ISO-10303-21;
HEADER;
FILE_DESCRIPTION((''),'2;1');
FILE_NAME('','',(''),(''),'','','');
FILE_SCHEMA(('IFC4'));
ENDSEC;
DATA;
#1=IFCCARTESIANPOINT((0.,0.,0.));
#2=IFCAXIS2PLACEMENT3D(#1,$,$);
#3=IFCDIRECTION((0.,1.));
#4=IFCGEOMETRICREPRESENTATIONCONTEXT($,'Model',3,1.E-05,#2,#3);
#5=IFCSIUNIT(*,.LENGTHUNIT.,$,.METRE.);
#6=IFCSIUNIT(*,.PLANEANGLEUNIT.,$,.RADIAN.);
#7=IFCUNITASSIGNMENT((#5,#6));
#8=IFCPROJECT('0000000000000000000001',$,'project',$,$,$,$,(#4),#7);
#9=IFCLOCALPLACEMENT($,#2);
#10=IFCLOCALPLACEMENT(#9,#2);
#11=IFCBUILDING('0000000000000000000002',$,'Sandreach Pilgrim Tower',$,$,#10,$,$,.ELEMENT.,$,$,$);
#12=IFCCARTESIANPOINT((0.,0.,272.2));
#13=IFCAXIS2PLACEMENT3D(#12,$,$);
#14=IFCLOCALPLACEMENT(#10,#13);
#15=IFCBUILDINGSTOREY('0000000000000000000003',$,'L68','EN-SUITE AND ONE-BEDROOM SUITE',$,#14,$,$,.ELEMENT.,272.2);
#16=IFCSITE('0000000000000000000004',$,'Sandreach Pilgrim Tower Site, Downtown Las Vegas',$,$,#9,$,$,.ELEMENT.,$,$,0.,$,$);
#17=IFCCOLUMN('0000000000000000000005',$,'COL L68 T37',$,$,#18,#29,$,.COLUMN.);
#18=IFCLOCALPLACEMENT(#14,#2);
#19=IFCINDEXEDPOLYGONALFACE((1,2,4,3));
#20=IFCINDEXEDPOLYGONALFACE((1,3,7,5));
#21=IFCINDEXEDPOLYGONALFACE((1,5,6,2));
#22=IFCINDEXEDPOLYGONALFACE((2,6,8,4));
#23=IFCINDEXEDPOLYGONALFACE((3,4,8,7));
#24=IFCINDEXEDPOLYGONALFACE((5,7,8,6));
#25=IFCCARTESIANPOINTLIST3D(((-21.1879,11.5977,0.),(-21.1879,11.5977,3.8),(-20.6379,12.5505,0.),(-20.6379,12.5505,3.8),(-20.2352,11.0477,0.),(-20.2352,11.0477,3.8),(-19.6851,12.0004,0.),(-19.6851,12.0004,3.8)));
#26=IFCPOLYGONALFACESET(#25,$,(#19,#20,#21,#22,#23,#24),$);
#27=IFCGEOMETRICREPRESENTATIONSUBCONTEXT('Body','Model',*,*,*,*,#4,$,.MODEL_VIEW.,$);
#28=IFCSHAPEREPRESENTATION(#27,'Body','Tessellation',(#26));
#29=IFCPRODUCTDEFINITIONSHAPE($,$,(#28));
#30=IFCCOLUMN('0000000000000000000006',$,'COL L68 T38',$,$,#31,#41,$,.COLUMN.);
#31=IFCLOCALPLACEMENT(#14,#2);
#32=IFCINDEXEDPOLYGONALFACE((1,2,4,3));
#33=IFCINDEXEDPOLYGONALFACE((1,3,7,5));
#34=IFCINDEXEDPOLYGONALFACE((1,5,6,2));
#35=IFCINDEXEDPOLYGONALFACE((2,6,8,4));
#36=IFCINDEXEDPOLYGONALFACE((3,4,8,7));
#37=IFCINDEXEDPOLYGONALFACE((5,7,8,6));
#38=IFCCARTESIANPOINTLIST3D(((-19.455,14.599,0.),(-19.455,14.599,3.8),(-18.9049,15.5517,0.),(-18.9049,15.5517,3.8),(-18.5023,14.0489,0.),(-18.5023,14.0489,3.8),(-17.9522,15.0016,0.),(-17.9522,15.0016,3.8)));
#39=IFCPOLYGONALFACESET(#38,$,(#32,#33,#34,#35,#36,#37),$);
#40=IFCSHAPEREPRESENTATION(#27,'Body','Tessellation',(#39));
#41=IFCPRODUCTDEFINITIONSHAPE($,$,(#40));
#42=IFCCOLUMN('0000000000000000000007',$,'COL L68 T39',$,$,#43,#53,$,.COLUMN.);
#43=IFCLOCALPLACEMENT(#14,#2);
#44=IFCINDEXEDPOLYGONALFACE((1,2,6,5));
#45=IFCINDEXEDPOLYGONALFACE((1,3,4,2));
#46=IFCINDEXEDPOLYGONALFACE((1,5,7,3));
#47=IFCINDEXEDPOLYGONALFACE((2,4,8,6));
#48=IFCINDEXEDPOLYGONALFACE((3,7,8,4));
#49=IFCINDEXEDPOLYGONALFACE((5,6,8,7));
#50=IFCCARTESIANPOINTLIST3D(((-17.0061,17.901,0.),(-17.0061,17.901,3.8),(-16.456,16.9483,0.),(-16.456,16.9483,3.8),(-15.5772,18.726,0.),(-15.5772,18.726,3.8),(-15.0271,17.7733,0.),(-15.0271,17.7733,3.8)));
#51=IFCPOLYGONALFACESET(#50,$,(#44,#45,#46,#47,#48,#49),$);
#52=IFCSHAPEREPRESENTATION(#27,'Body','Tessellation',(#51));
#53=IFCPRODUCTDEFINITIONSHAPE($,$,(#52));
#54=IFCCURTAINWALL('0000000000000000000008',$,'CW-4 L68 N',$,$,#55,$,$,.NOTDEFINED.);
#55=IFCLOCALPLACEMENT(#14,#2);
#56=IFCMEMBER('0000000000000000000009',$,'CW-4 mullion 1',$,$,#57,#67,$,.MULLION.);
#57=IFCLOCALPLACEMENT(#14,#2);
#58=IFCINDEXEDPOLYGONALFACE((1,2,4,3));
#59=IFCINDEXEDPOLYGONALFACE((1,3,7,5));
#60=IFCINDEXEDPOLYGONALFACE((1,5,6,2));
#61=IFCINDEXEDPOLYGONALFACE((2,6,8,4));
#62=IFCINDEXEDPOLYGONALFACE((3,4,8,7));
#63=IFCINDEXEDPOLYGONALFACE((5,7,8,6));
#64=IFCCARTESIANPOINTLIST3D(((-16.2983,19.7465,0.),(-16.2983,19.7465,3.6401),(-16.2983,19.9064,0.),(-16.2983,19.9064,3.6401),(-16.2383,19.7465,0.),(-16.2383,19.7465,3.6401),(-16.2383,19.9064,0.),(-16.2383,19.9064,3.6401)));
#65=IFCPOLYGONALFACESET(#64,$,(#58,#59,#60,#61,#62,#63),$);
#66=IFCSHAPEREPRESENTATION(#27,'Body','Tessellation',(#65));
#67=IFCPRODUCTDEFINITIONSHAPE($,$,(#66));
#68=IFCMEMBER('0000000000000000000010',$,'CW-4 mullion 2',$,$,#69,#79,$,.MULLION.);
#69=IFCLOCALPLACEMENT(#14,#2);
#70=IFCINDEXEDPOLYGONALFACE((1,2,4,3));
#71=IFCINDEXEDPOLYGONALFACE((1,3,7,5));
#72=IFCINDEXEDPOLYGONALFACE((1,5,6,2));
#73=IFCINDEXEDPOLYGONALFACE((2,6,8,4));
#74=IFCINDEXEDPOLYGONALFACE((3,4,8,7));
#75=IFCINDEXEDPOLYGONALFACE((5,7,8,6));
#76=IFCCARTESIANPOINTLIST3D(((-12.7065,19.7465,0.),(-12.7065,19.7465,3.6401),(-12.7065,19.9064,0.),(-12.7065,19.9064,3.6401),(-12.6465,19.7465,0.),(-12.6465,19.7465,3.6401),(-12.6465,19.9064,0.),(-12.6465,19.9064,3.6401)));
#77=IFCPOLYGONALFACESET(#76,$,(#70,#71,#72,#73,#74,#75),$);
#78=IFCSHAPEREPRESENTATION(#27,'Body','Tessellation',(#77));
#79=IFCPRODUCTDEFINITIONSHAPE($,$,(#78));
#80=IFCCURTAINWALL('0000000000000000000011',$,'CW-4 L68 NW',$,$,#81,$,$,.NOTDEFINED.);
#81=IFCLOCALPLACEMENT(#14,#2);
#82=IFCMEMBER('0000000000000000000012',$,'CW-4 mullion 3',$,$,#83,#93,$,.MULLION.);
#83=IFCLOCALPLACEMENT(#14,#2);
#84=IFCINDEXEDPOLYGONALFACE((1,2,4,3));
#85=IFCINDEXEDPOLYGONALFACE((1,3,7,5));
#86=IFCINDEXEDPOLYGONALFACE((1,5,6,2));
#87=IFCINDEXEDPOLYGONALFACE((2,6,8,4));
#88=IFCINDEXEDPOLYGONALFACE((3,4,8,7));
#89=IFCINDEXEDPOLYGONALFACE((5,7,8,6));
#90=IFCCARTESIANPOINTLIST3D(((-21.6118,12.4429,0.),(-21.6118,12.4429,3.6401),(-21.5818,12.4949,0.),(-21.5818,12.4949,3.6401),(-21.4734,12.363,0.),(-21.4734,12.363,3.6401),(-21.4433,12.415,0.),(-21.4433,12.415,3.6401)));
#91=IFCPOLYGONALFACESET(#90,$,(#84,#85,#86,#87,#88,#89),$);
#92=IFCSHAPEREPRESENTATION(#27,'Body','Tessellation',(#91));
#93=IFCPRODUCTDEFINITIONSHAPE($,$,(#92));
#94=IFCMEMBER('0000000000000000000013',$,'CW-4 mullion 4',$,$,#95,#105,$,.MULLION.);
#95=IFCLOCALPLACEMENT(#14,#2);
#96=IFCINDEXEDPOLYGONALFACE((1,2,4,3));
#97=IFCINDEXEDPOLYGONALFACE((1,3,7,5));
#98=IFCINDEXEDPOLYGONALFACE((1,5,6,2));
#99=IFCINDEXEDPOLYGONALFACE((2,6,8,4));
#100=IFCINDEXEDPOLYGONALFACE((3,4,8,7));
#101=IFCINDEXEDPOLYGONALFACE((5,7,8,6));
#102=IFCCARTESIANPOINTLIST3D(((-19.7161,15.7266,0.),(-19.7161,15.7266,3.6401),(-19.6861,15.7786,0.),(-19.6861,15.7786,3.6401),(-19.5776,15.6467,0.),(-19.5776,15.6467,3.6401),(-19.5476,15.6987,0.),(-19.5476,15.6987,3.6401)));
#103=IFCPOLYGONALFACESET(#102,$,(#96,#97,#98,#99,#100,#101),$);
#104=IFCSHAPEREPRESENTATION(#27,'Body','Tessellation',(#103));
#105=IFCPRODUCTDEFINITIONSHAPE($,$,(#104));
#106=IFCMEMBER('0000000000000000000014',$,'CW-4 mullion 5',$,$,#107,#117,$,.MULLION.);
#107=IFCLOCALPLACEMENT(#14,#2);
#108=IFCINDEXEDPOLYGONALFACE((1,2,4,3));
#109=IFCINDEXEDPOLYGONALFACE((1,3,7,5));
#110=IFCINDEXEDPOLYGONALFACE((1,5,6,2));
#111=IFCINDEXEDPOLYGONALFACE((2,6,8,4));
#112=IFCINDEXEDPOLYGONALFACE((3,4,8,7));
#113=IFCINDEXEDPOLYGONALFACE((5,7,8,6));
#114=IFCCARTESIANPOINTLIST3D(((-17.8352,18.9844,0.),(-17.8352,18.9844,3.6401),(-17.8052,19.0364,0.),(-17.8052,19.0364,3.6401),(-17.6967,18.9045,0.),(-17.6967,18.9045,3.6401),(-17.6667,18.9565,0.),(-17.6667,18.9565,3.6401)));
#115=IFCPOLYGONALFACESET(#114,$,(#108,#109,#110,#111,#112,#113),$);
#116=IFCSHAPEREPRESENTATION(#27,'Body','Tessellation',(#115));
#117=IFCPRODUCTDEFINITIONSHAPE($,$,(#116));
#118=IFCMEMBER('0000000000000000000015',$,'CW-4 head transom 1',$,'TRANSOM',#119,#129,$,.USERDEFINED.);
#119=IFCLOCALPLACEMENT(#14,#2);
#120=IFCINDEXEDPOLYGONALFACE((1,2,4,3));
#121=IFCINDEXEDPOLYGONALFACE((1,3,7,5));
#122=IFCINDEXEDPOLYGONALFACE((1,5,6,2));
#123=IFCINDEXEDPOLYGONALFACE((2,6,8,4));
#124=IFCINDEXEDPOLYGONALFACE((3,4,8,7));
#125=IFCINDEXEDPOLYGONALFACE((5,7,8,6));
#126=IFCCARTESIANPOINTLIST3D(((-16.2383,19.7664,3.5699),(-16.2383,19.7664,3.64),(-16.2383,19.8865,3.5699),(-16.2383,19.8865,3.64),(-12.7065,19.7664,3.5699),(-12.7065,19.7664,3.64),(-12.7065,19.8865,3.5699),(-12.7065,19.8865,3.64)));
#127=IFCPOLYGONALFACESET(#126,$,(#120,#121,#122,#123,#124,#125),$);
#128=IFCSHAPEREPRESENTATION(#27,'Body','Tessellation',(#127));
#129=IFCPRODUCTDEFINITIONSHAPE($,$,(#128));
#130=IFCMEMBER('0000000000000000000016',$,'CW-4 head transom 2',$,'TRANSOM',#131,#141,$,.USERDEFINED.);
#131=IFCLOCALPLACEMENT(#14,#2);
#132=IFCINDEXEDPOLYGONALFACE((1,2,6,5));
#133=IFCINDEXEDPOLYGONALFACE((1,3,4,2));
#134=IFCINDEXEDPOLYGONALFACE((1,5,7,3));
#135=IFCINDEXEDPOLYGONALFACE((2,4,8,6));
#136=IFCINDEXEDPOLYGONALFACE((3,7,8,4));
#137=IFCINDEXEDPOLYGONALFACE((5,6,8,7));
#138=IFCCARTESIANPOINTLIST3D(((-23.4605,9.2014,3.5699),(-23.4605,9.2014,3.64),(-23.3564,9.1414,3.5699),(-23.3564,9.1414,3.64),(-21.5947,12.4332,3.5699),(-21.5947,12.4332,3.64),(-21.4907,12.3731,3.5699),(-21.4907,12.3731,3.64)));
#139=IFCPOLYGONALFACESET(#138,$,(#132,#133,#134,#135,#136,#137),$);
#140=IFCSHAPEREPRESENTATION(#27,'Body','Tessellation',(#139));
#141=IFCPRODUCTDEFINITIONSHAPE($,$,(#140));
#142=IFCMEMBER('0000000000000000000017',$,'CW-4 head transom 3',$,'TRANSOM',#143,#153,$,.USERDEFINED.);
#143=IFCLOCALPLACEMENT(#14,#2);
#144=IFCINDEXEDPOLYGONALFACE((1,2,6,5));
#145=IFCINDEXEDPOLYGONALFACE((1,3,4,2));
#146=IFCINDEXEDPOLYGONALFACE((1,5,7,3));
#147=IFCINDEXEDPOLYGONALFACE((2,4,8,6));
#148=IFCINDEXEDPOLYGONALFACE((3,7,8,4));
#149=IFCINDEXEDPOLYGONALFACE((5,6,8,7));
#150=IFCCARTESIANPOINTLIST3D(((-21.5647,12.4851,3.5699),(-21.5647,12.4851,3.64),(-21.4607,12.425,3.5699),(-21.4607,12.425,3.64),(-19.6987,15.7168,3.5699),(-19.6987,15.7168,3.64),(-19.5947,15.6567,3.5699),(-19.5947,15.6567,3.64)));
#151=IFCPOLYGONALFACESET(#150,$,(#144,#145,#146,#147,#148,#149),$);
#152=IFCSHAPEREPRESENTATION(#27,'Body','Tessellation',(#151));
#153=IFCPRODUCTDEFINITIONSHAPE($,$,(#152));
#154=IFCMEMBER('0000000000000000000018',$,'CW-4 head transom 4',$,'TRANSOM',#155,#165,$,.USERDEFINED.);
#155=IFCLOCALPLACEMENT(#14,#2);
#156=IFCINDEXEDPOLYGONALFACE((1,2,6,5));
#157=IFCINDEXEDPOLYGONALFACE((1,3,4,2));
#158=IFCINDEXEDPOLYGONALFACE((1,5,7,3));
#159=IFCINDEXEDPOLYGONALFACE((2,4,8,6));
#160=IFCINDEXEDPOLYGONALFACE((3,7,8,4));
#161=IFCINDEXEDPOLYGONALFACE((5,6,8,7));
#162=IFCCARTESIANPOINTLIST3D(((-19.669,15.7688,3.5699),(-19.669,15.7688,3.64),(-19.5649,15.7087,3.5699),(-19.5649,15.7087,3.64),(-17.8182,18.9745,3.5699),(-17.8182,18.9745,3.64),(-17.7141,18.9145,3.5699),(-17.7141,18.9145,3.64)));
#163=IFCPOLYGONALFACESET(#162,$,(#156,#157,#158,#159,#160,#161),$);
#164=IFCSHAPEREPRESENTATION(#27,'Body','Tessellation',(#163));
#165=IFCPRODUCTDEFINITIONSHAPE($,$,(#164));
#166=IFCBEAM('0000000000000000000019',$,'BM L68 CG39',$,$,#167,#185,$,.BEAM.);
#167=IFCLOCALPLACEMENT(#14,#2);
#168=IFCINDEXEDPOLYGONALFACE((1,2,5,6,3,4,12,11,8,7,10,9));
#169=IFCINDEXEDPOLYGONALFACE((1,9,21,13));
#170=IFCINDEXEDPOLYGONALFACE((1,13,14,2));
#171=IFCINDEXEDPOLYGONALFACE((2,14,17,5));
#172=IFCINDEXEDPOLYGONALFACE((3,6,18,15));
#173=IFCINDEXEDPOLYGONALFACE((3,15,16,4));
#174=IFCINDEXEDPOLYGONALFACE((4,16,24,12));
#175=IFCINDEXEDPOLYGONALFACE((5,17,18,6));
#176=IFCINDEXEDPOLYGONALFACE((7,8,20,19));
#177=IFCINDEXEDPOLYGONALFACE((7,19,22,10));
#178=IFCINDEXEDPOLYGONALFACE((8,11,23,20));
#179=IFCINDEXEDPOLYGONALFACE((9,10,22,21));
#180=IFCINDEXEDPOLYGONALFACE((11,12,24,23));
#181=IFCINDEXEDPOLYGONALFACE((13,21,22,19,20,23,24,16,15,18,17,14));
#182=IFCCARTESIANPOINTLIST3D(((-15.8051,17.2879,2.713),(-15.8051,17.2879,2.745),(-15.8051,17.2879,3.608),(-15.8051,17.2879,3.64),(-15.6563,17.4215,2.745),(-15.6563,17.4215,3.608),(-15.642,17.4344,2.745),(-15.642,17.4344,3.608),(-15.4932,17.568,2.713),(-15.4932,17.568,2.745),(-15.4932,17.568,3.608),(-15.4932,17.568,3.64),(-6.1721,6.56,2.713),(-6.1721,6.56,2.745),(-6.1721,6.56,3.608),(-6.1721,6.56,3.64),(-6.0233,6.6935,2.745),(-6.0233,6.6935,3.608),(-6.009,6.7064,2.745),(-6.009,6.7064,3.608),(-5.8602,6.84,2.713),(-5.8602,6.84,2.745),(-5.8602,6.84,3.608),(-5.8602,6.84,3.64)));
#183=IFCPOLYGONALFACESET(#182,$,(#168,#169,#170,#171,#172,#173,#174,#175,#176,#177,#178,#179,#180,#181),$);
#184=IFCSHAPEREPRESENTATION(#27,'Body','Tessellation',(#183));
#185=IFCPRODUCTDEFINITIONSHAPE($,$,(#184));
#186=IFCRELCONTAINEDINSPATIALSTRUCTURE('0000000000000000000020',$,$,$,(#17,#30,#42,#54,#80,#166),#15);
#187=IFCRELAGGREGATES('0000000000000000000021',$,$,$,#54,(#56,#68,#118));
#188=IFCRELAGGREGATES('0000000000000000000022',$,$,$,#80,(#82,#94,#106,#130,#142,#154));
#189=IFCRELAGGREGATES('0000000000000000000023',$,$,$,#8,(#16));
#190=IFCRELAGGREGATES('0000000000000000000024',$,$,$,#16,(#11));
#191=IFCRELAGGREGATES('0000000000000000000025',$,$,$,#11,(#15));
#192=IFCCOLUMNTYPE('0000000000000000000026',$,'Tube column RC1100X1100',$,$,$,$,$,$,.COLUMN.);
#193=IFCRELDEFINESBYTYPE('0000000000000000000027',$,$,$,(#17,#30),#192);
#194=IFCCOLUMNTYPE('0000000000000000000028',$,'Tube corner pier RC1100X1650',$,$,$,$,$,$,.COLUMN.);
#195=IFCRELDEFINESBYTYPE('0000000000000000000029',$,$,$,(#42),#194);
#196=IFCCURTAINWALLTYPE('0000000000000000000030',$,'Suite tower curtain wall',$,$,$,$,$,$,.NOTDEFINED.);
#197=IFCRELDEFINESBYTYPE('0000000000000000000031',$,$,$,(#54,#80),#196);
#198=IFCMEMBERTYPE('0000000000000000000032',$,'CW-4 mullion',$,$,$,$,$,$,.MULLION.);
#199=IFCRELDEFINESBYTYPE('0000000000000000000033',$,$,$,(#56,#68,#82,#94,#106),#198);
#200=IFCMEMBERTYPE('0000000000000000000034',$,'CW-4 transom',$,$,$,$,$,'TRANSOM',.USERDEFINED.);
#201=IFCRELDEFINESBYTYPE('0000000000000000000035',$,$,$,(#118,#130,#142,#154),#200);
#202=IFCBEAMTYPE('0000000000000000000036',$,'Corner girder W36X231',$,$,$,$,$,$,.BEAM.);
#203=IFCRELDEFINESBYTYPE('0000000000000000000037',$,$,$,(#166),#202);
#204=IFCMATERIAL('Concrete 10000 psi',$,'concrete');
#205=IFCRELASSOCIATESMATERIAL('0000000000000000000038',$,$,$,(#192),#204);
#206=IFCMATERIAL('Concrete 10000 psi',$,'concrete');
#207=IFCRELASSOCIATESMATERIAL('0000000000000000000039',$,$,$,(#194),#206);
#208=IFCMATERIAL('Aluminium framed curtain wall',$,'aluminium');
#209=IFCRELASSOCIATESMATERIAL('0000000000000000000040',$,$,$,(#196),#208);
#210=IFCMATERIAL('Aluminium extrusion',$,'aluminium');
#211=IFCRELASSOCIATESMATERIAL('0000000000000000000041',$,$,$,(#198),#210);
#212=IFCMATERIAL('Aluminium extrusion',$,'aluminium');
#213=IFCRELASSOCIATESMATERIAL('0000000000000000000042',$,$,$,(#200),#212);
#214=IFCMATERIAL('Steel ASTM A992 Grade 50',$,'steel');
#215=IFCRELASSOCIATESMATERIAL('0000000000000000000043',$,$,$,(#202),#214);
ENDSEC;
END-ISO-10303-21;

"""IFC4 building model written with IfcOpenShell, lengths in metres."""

from ifc_helpers import new_model, si_unit, direction, frame, origin, origin_2d, place, context, subcontext, project, spatial, rectangle, i_section, extrude, material, material_profile, profile_set, type_object, element, aggregate, save


model = new_model("IFC4")

# Units and contexts
model_context = context("Model", 3, precision=1e-05, world=origin(), true_north=direction((0.0, 1.0)))
body_context = subcontext(model_context, "Body", "Model", "MODEL_VIEW")
ifc_project = project(units=[si_unit("LENGTHUNIT", "METRE"), si_unit("PLANEANGLEUNIT", "RADIAN")], contexts=[model_context])

# Site, building, storey
site_placement = place(None, origin())
site = spatial("IfcSite", under=ifc_project, at=site_placement, Name="Sandreach Pilgrim Tower Site, Downtown Las Vegas", CompositionType="ELEMENT", RefElevation=0.0)
building_placement = place(site_placement, origin())
building = spatial("IfcBuilding", under=site, at=building_placement, Name="Sandreach Pilgrim Tower", CompositionType="ELEMENT")
storey_placement = place(building_placement, frame((0.0, 0.0, 272.2)))
storey = spatial("IfcBuildingStorey", under=building, at=storey_placement, Name="L68", Description="EN-SUITE AND ONE-BEDROOM SUITE", CompositionType="ELEMENT", Elevation=272.2)

# Columns
ifc_material_1 = material(Name="Concrete 10000 psi", Category="concrete")
ifc_material_profile_1 = material_profile(ifc_material_1, rectangle(XDim=1.1001, YDim=1.1001, at=origin_2d()), Name="RC1100X1100")
ifc_profile_set_1 = profile_set([ifc_material_profile_1], Name="Concrete 10000 psi")
column_type_1 = type_object("IfcColumnType", Name="Tube column RC1100X1100", PredefinedType="COLUMN", material=ifc_profile_set_1)
for number, where, z_axis, x_axis, name in (
    (1, (-20.4365, 11.7991, 0.0), (0.0, 0.0, 1.0), (-0.866025, 0.5, 0.0), "COL L68 T37"),
    (2, (-18.7036, 14.8003, 0.0), (0.0, 0.0, 1.0), (-0.866025, 0.5, 0.0), "COL L68 T38"),
):
    element("IfcColumn", number, at=place(storey_placement, frame(where, z_axis=z_axis, x_axis=x_axis)), inside=storey, type_object=column_type_1, Name=name, PredefinedType="COLUMN", context=body_context, shape_type="SweptSolid", body=[
        extrude(rectangle(XDim=1.1001, YDim=1.1001, at=origin_2d()), origin(), (0.0, 0.0, 1.0), 3.8),
    ])
ifc_material_2 = material(Name="Concrete 10000 psi", Category="concrete")
ifc_material_profile_2 = material_profile(ifc_material_2, rectangle(XDim=1.1001, YDim=1.6499, at=origin_2d()), Name="RC1100X1650")
ifc_profile_set_2 = profile_set([ifc_material_profile_2], Name="Concrete 10000 psi")
column_type_2 = type_object("IfcColumnType", Name="Tube corner pier RC1100X1650", PredefinedType="COLUMN", material=ifc_profile_set_2)
column_placement = place(storey_placement, frame((-16.0166, 17.8372, 0.0), z_axis=(0.0, 0.0, 1.0), x_axis=(-0.5, 0.866025, 0.0)))
element("IfcColumn", 3, at=column_placement, inside=storey, type_object=column_type_2, Name="COL L68 T39", PredefinedType="COLUMN", context=body_context, shape_type="SweptSolid", body=[
    extrude(rectangle(XDim=1.1001, YDim=1.6499, at=origin_2d()), origin(), (0.0, 0.0, 1.0), 3.8),
])

# Curtain walls, members
ifc_material_3 = material(Name="Aluminium framed curtain wall", Category="aluminium")
curtain_wall_type = type_object("IfcCurtainWallType", Name="Suite tower curtain wall", PredefinedType="NOTDEFINED", material=ifc_material_3)
curtain_wall_1_placement = place(storey_placement, origin())
curtain_wall_1 = element("IfcCurtainWall", 4, at=curtain_wall_1_placement, inside=storey, type_object=curtain_wall_type, Name="CW-4 L68 N", PredefinedType="NOTDEFINED")
ifc_material_4 = material(Name="Aluminium extrusion", Category="aluminium")
ifc_material_profile_3 = material_profile(ifc_material_4, rectangle(XDim=0.0601, YDim=0.1599, at=origin_2d()), Name="CW-4M 60X160")
ifc_profile_set_3 = profile_set([ifc_material_profile_3], Name="Aluminium extrusion")
member_type_1 = type_object("IfcMemberType", Name="CW-4 mullion", PredefinedType="MULLION", material=ifc_profile_set_3)
member_1_placement = place(storey_placement, frame((-16.2683, 19.8264, 0.0), z_axis=(0.0, 0.0, 1.0), x_axis=(1.0, 0.0, 0.0)))
member_1 = element("IfcMember", 5, at=member_1_placement, type_object=member_type_1, Name="CW-4 mullion 1", PredefinedType="MULLION", context=body_context, shape_type="SweptSolid", body=[
    extrude(rectangle(XDim=0.0601, YDim=0.1599, at=origin_2d()), origin(), (0.0, 0.0, 1.0), 3.6401),
])
member_2_placement = place(storey_placement, frame((-12.6765, 19.8264, 0.0), z_axis=(0.0, 0.0, 1.0), x_axis=(1.0, 0.0, 0.0)))
member_2 = element("IfcMember", 6, at=member_2_placement, type_object=member_type_1, Name="CW-4 mullion 2", PredefinedType="MULLION", context=body_context, shape_type="SweptSolid", body=[
    extrude(rectangle(XDim=0.0601, YDim=0.1599, at=origin_2d()), origin(), (0.0, 0.0, 1.0), 3.6401),
])
curtain_wall_2_placement = place(storey_placement, origin())
curtain_wall_2 = element("IfcCurtainWall", 7, at=curtain_wall_2_placement, inside=storey, type_object=curtain_wall_type, Name="CW-4 L68 NW", PredefinedType="NOTDEFINED")
member_3_placement = place(storey_placement, frame((-21.5276, 12.429, 0.0), z_axis=(0.0, 0.0, 1.0), x_axis=(0.5, 0.866025, 0.0)))
member_3 = element("IfcMember", 8, at=member_3_placement, type_object=member_type_1, Name="CW-4 mullion 3", PredefinedType="MULLION", context=body_context, shape_type="SweptSolid", body=[
    extrude(rectangle(XDim=0.0601, YDim=0.1599, at=origin_2d()), origin(), (0.0, 0.0, 1.0), 3.6401),
])
member_4_placement = place(storey_placement, frame((-19.6318, 15.7126, 0.0), z_axis=(0.0, 0.0, 1.0), x_axis=(0.5, 0.866025, 0.0)))
member_4 = element("IfcMember", 9, at=member_4_placement, type_object=member_type_1, Name="CW-4 mullion 4", PredefinedType="MULLION", context=body_context, shape_type="SweptSolid", body=[
    extrude(rectangle(XDim=0.0601, YDim=0.1599, at=origin_2d()), origin(), (0.0, 0.0, 1.0), 3.6401),
])
member_5_placement = place(storey_placement, frame((-17.751, 18.9705, 0.0), z_axis=(0.0, 0.0, 1.0), x_axis=(0.5, 0.866025, 0.0)))
member_5 = element("IfcMember", 10, at=member_5_placement, type_object=member_type_1, Name="CW-4 mullion 5", PredefinedType="MULLION", context=body_context, shape_type="SweptSolid", body=[
    extrude(rectangle(XDim=0.0601, YDim=0.1599, at=origin_2d()), origin(), (0.0, 0.0, 1.0), 3.6401),
])

# Members
ifc_material_5 = material(Name="Aluminium extrusion", Category="aluminium")
ifc_material_profile_4 = material_profile(ifc_material_5, rectangle(XDim=0.1201, YDim=0.0701, at=origin_2d()), Name="CW-4T 120X70")
ifc_profile_set_4 = profile_set([ifc_material_profile_4], Name="Aluminium extrusion")
member_type_2 = type_object("IfcMemberType", Name="CW-4 transom", ElementType="TRANSOM", PredefinedType="USERDEFINED", material=ifc_profile_set_4)
member_6_placement = place(storey_placement, frame((-16.2383, 19.8264, 3.605), z_axis=(1.0, 0.0, 0.0), x_axis=(0.0, 1.0, 0.0)))
member_6 = element("IfcMember", 11, at=member_6_placement, type_object=member_type_2, Name="CW-4 head transom 1", ObjectType="TRANSOM", PredefinedType="USERDEFINED", context=body_context, shape_type="SweptSolid", body=[
    extrude(rectangle(XDim=0.1201, YDim=0.0701, at=origin_2d()), origin(), (0.0, 0.0, 1.0), 3.5317),
])
member_7_placement = place(storey_placement, frame((-23.4084, 9.1714, 3.605), z_axis=(0.499981, 0.866036, 0.0), x_axis=(-0.866036, 0.499981, 0.0)))
member_7 = element("IfcMember", 12, at=member_7_placement, type_object=member_type_2, Name="CW-4 head transom 2", ObjectType="TRANSOM", PredefinedType="USERDEFINED", context=body_context, shape_type="SweptSolid", body=[
    extrude(rectangle(XDim=0.1201, YDim=0.0701, at=origin_2d()), origin(), (0.0, 0.0, 1.0), 3.7317),
])
member_8_placement = place(storey_placement, frame((-21.5127, 12.4551, 3.605), z_axis=(0.50003, 0.866008, 0.0), x_axis=(-0.866008, 0.50003, 0.0)))
member_8 = element("IfcMember", 13, at=member_8_placement, type_object=member_type_2, Name="CW-4 head transom 3", ObjectType="TRANSOM", PredefinedType="USERDEFINED", context=body_context, shape_type="SweptSolid", body=[
    extrude(rectangle(XDim=0.1201, YDim=0.0701, at=origin_2d()), origin(), (0.0, 0.0, 1.0), 3.7317),
])
member_9_placement = place(storey_placement, frame((-19.6169, 15.7388, 3.605), z_axis=(0.499991, 0.866031, 0.0), x_axis=(-0.866031, 0.499991, 0.0)))
member_9 = element("IfcMember", 14, at=member_9_placement, type_object=member_type_2, Name="CW-4 head transom 4", ObjectType="TRANSOM", PredefinedType="USERDEFINED", context=body_context, shape_type="SweptSolid", body=[
    extrude(rectangle(XDim=0.1201, YDim=0.0701, at=origin_2d()), origin(), (0.0, 0.0, 1.0), 3.7017),
])

# Beam
ifc_material_6 = material(Name="Steel ASTM A992 Grade 50", Category="steel")
ifc_material_profile_5 = material_profile(ifc_material_6, i_section(OverallWidth=0.4192, OverallDepth=0.927, WebThickness=0.0193, FlangeThickness=0.032, at=origin_2d()), Name="W36X231")
ifc_profile_set_5 = profile_set([ifc_material_profile_5], Name="Steel ASTM A992 Grade 50")
beam_type_1 = type_object("IfcBeamType", Name="Corner girder W36X231", PredefinedType="BEAM", material=ifc_profile_set_5)
beam_1_placement = place(storey_placement, frame((-15.6492, 17.428, 3.1765), z_axis=(0.668115, -0.744058, 0.0), x_axis=(0.744058, 0.668115, 0.0)))
element("IfcBeam", 15, at=beam_1_placement, inside=storey, type_object=beam_type_1, Name="BM L68 CG39", PredefinedType="BEAM", context=body_context, shape_type="SweptSolid", body=[
    extrude(i_section(OverallWidth=0.4192, OverallDepth=0.927, WebThickness=0.0193, FlangeThickness=0.032, at=origin_2d()), origin(), (0.0, 0.0, 1.0), 14.4182),
])

aggregate(curtain_wall_1, [member_1, member_2, member_6])
aggregate(curtain_wall_2, [member_3, member_4, member_5, member_7, member_8, member_9])

save(model, "model.ifc")
